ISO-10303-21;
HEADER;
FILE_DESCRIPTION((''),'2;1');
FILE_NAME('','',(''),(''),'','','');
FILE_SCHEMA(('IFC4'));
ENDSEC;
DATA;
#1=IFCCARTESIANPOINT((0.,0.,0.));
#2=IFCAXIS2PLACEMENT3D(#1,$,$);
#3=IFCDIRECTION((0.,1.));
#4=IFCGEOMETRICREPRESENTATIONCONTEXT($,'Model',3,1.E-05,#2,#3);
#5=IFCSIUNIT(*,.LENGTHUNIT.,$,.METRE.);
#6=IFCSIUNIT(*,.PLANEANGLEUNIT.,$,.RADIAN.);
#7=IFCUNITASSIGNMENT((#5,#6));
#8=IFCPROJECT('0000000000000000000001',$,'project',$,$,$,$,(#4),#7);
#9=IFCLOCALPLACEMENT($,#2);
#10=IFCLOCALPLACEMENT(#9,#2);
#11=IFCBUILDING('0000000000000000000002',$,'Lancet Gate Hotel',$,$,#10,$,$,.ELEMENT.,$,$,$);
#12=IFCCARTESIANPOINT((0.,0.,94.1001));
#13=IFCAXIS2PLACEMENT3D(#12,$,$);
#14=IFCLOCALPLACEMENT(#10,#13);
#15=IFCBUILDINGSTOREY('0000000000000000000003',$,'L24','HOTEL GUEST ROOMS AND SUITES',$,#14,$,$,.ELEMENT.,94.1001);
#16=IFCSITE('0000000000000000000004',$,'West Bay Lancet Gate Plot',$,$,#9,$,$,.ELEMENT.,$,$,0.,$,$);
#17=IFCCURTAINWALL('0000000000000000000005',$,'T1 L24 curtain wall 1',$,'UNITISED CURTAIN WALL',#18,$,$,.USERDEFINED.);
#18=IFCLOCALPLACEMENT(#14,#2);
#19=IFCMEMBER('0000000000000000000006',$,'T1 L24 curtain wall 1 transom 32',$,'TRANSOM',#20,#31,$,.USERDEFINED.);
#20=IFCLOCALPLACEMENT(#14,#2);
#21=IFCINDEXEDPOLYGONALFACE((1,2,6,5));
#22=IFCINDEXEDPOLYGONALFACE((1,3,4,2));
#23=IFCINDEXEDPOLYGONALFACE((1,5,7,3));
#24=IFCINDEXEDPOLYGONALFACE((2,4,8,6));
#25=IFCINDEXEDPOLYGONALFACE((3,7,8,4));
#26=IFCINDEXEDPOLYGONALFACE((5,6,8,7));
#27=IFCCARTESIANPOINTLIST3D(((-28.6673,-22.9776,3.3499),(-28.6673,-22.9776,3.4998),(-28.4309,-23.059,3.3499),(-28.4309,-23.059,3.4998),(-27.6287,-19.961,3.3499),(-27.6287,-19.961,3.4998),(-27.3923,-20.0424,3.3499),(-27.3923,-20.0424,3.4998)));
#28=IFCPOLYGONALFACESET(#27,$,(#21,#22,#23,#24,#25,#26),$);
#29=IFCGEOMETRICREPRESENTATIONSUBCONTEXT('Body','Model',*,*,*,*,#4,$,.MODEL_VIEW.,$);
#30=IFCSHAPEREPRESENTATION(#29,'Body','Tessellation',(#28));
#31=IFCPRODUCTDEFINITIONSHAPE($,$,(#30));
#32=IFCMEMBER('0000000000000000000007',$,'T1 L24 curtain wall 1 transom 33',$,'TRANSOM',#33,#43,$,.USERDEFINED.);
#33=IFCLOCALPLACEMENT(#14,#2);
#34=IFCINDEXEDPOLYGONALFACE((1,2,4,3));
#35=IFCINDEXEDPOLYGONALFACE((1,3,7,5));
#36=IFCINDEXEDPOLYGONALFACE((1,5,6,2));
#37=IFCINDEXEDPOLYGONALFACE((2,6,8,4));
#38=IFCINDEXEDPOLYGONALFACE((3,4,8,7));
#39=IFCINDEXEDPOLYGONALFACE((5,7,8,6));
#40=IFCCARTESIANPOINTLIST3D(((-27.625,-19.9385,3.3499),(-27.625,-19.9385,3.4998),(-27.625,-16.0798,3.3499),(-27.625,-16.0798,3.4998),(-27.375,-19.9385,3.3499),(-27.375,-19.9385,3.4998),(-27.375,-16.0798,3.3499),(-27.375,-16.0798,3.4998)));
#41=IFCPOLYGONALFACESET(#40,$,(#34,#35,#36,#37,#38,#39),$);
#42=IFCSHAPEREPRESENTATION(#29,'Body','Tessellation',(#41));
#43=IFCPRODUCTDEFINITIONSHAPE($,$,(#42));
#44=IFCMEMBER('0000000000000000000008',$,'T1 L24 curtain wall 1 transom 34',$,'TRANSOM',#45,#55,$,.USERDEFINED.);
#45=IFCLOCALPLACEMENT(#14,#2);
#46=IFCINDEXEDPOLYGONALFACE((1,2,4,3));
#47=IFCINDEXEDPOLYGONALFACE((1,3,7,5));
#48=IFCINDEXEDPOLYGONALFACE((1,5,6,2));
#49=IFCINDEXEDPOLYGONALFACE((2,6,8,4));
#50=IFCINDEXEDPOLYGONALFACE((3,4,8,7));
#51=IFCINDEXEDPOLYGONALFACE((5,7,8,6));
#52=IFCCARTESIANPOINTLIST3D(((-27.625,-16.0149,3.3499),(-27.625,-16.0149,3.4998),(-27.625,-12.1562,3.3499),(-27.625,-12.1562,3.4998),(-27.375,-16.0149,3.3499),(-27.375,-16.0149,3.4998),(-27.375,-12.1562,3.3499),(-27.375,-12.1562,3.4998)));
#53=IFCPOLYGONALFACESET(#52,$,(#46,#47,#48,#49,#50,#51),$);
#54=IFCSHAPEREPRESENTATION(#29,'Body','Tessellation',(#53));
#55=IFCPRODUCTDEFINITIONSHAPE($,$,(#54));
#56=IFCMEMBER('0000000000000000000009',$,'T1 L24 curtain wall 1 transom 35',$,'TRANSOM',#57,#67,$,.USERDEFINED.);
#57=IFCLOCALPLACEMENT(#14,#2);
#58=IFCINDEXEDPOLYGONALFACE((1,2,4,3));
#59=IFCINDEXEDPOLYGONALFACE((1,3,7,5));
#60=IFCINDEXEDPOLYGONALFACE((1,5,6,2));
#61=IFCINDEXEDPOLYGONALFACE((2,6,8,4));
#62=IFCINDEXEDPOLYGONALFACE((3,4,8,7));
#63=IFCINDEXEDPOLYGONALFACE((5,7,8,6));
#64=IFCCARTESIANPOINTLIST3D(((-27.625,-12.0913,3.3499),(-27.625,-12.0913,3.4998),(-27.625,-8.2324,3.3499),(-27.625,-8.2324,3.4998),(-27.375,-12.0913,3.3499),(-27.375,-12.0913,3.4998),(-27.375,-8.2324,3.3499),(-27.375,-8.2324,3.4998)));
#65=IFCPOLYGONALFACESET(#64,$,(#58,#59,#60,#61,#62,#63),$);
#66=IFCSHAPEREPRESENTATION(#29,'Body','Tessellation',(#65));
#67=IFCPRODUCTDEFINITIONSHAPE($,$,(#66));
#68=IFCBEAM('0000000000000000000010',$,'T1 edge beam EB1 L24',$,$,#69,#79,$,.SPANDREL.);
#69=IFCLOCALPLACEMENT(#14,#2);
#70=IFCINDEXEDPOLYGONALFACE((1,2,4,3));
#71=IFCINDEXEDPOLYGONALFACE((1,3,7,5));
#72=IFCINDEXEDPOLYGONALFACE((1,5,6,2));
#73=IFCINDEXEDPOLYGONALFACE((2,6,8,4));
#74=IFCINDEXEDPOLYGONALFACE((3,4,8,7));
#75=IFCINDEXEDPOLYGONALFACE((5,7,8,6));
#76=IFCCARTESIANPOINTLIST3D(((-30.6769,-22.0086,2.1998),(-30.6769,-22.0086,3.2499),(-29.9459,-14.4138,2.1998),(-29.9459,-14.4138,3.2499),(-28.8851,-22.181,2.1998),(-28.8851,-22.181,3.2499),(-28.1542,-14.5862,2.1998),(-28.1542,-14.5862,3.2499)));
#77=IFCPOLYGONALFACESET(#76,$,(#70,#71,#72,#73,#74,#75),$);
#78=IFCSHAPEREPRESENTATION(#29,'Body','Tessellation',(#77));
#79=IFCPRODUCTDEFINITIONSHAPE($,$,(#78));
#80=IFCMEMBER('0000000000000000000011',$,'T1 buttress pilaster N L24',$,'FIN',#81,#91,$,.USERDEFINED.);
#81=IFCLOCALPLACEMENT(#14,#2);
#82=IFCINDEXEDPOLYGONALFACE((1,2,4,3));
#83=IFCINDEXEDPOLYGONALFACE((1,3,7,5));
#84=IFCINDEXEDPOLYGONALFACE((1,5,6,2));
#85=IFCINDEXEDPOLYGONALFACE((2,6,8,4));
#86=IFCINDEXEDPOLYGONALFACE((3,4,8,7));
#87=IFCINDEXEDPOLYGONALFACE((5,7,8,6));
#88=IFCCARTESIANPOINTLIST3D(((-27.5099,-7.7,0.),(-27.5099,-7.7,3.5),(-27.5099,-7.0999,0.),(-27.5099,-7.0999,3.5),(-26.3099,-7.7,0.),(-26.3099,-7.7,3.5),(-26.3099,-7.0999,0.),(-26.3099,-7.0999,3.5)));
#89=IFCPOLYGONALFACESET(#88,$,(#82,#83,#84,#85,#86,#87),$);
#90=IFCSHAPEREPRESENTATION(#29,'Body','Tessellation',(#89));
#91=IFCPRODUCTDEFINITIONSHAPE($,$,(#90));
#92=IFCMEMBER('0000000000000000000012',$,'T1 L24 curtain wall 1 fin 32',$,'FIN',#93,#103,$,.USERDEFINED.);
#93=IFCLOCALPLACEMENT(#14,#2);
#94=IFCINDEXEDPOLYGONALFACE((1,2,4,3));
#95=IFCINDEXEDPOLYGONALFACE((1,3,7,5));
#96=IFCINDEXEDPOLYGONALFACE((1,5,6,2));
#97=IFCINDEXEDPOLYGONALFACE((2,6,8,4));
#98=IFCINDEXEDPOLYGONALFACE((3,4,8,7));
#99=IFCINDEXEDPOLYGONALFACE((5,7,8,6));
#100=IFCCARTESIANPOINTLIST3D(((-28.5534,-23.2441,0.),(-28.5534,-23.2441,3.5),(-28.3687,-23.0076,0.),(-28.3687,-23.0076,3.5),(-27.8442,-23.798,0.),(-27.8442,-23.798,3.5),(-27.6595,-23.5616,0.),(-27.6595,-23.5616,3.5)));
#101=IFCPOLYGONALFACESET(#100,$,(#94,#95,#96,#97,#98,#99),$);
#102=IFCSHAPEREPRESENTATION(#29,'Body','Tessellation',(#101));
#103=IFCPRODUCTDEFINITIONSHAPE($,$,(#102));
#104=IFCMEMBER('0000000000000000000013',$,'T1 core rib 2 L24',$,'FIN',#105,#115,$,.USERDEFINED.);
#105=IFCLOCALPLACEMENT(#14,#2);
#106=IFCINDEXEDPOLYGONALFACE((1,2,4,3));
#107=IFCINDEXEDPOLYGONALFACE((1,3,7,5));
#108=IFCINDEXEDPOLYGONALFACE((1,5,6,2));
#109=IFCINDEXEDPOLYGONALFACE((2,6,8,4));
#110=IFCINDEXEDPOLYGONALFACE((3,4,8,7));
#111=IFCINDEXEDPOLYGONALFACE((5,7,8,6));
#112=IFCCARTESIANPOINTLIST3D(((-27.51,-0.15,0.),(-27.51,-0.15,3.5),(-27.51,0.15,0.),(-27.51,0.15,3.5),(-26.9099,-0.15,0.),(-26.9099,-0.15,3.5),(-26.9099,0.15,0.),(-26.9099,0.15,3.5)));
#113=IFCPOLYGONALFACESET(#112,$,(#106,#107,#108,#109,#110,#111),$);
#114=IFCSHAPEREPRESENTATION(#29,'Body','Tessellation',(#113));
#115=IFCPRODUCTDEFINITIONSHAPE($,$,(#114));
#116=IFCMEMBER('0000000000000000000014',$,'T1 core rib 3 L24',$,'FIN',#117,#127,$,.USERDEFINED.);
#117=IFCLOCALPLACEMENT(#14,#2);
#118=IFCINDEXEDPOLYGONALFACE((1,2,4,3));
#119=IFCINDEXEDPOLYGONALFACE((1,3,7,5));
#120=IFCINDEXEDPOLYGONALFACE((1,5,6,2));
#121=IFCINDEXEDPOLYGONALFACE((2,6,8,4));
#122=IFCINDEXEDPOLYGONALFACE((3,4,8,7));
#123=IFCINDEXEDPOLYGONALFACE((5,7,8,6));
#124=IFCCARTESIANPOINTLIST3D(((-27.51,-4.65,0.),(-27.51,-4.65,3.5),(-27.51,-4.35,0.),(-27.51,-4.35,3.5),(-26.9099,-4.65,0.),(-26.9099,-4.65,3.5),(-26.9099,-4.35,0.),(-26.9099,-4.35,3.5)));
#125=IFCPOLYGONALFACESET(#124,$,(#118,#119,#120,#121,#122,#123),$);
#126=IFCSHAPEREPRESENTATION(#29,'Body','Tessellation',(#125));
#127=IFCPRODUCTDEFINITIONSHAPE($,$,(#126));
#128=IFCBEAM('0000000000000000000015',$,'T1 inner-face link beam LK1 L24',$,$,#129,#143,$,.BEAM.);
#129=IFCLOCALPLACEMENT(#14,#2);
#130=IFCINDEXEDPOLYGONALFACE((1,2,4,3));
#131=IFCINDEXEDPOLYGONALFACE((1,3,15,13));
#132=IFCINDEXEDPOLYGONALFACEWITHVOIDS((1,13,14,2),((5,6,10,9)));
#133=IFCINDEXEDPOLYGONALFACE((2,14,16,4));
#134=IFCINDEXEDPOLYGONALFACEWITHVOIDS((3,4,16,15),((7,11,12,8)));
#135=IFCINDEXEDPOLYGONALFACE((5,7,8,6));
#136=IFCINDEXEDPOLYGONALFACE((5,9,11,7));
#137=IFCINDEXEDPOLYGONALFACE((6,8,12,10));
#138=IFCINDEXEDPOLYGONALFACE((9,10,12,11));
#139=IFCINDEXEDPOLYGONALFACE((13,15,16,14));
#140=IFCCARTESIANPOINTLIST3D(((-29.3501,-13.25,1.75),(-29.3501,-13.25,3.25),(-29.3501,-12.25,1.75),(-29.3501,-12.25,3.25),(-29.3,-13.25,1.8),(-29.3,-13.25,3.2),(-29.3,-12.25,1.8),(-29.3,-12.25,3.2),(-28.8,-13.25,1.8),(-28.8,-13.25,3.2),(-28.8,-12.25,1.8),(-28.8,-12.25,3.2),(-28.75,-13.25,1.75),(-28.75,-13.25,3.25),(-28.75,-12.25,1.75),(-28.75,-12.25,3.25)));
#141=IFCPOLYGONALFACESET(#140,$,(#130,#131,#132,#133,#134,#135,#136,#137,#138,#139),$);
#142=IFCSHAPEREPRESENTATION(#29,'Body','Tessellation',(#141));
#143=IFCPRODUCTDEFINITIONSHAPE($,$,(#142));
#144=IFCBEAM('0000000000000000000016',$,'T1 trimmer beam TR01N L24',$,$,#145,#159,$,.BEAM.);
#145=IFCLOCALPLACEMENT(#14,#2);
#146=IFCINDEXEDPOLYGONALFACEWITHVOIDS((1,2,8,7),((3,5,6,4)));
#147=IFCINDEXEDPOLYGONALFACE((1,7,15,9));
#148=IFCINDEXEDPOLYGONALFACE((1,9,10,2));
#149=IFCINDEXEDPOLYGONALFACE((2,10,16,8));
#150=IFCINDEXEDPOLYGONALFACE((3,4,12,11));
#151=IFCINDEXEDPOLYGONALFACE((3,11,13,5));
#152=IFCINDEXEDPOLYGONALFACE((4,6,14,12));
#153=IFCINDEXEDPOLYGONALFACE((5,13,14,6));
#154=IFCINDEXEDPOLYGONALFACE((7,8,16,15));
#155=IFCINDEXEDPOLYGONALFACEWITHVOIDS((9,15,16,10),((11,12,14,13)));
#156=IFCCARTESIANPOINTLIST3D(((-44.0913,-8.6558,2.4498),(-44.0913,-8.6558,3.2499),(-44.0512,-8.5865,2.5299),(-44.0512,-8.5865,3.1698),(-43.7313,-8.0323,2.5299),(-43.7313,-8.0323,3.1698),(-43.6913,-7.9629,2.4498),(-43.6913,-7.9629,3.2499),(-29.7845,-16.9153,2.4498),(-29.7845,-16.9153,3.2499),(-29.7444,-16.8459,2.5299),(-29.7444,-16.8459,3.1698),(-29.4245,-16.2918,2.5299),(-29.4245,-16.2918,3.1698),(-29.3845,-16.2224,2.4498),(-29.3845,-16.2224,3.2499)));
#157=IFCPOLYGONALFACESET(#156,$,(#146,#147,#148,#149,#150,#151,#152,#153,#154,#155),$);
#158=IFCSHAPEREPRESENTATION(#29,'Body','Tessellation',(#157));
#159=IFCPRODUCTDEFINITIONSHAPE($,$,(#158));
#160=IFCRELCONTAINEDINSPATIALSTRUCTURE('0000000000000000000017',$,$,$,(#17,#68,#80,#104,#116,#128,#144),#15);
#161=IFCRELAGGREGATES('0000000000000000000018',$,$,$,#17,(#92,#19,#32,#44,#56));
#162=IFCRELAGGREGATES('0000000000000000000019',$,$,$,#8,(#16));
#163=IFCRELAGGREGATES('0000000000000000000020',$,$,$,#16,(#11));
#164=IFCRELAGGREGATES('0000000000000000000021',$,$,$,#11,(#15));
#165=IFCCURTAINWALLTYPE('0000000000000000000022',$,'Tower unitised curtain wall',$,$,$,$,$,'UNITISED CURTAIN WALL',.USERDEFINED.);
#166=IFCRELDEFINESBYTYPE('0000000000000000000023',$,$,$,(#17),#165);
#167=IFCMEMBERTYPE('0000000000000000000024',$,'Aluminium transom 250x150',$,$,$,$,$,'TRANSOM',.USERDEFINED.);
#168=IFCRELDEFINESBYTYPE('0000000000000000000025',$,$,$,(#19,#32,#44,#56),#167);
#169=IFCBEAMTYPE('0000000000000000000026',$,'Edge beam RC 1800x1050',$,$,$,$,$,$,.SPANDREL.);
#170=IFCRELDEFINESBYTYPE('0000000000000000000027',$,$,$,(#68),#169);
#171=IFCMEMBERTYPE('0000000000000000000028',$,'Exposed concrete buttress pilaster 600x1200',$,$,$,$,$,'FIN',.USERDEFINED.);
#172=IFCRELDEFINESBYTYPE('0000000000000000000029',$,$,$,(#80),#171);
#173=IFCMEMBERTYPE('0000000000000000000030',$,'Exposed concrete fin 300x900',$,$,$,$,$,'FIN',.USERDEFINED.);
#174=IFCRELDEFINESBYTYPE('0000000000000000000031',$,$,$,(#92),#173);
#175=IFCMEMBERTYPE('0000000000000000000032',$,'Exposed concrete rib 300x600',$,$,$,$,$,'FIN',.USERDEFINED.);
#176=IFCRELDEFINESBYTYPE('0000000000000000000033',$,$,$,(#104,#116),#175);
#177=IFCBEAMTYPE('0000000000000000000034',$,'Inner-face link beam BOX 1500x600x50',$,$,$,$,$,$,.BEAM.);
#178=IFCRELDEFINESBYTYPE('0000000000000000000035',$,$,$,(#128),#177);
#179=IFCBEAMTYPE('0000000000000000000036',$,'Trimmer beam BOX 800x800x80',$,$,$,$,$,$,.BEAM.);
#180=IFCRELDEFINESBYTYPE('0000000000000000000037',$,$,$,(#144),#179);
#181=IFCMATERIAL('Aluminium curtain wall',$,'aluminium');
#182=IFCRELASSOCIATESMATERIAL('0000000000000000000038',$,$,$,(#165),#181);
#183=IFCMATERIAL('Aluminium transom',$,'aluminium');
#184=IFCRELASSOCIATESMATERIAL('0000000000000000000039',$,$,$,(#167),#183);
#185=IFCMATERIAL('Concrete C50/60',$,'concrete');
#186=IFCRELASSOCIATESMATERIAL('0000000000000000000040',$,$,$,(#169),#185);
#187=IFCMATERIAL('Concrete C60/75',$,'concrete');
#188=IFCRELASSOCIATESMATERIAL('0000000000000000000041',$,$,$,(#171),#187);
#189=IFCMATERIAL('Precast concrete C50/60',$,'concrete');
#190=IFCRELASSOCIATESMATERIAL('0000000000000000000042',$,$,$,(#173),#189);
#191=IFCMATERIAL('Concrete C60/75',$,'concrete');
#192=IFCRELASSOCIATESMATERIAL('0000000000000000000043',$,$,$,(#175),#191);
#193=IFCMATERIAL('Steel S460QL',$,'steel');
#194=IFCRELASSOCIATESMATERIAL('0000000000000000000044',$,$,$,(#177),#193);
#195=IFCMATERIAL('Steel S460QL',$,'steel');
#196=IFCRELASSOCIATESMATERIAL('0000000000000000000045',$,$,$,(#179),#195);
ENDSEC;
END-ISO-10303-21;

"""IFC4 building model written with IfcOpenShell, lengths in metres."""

from ifc_helpers import new_model, si_unit, direction, frame, origin, origin_2d, place, context, subcontext, project, spatial, rectangle, hollow_rectangle, extrude, material, material_profile, profile_set, type_object, element, aggregate, save


model = new_model("IFC4")

# Units and contexts
model_context = context("Model", 3, precision=1e-05, world=origin(), true_north=direction((0.0, 1.0)))
body_context = subcontext(model_context, "Body", "Model", "MODEL_VIEW")
ifc_project = project(units=[si_unit("LENGTHUNIT", "METRE"), si_unit("PLANEANGLEUNIT", "RADIAN")], contexts=[model_context])

# Site, building, storey
site_placement = place(None, origin())
site = spatial("IfcSite", under=ifc_project, at=site_placement, Name="West Bay Lancet Gate Plot", CompositionType="ELEMENT", RefElevation=0.0)
building_placement = place(site_placement, origin())
building = spatial("IfcBuilding", under=site, at=building_placement, Name="Lancet Gate Hotel", CompositionType="ELEMENT")
storey_placement = place(building_placement, frame((0.0, 0.0, 94.1001)))
storey = spatial("IfcBuildingStorey", under=building, at=storey_placement, Name="L24", Description="HOTEL GUEST ROOMS AND SUITES", CompositionType="ELEMENT", Elevation=94.1001)

# Curtain wall, members
ifc_material_1 = material(Name="Aluminium curtain wall", Category="aluminium")
curtain_wall_type = type_object("IfcCurtainWallType", Name="Tower unitised curtain wall", ElementType="UNITISED CURTAIN WALL", PredefinedType="USERDEFINED", material=ifc_material_1)
curtain_wall_placement = place(storey_placement, origin())
curtain_wall = element("IfcCurtainWall", 1, at=curtain_wall_placement, inside=storey, type_object=curtain_wall_type, Name="T1 L24 curtain wall 1", ObjectType="UNITISED CURTAIN WALL", PredefinedType="USERDEFINED")
ifc_material_2 = material(Name="Aluminium transom", Category="aluminium")
ifc_material_profile_1 = material_profile(ifc_material_2, rectangle(XDim=0.25, YDim=0.1499, at=origin_2d()), Name="TRANSOM 250x150")
ifc_profile_set_1 = profile_set([ifc_material_profile_1], Name="Aluminium transom")
member_type_1 = type_object("IfcMemberType", Name="Aluminium transom 250x150", ElementType="TRANSOM", PredefinedType="USERDEFINED", material=ifc_profile_set_1)
member_1_placement = place(storey_placement, frame((-28.5491, -23.0183, 3.4248), z_axis=(0.325533, 0.945531, 0.0), x_axis=(-0.945531, 0.325533, 0.0)))
member_1 = element("IfcMember", 2, at=member_1_placement, type_object=member_type_1, Name="T1 L24 curtain wall 1 transom 32", ObjectType="TRANSOM", PredefinedType="USERDEFINED", context=body_context, shape_type="SweptSolid", body=[
    extrude(rectangle(XDim=0.25, YDim=0.1499, at=origin_2d()), origin(), (0.0, 0.0, 1.0), 3.1904),
])
member_2_placement = place(storey_placement, frame((-27.5, -19.9385, 3.4248), z_axis=(0.0, 1.0, 0.0), x_axis=(-1.0, 0.0, 0.0)))
member_2 = element("IfcMember", 3, at=member_2_placement, type_object=member_type_1, Name="T1 L24 curtain wall 1 transom 33", ObjectType="TRANSOM", PredefinedType="USERDEFINED", context=body_context, shape_type="SweptSolid", body=[
    extrude(rectangle(XDim=0.25, YDim=0.1499, at=origin_2d()), origin(), (0.0, 0.0, 1.0), 3.8586),
])
member_3_placement = place(storey_placement, frame((-27.5, -16.0149, 3.4248), z_axis=(0.0, 1.0, 0.0), x_axis=(-1.0, 0.0, 0.0)))
member_3 = element("IfcMember", 4, at=member_3_placement, type_object=member_type_1, Name="T1 L24 curtain wall 1 transom 34", ObjectType="TRANSOM", PredefinedType="USERDEFINED", context=body_context, shape_type="SweptSolid", body=[
    extrude(rectangle(XDim=0.25, YDim=0.1499, at=origin_2d()), origin(), (0.0, 0.0, 1.0), 3.8586),
])
member_4_placement = place(storey_placement, frame((-27.5, -12.0913, 3.4248), z_axis=(0.0, 1.0, 0.0), x_axis=(-1.0, 0.0, 0.0)))
member_4 = element("IfcMember", 5, at=member_4_placement, type_object=member_type_1, Name="T1 L24 curtain wall 1 transom 35", ObjectType="TRANSOM", PredefinedType="USERDEFINED", context=body_context, shape_type="SweptSolid", body=[
    extrude(rectangle(XDim=0.25, YDim=0.1499, at=origin_2d()), origin(), (0.0, 0.0, 1.0), 3.8589),
])

# Beam
ifc_material_3 = material(Name="Concrete C50/60", Category="concrete")
ifc_material_profile_2 = material_profile(ifc_material_3, rectangle(XDim=1.8, YDim=1.05, at=origin_2d()), Name="RC 1800x1050")
ifc_profile_set_2 = profile_set([ifc_material_profile_2], Name="Concrete C50/60")
beam_type_1 = type_object("IfcBeamType", Name="Edge beam RC 1800x1050", PredefinedType="SPANDREL", material=ifc_profile_set_2)
beam_1_placement = place(storey_placement, frame((-29.05, -14.5, 2.7249), z_axis=(-0.095803, -0.9954, 0.0), x_axis=(0.9954, -0.095803, 0.0)))
element("IfcBeam", 6, at=beam_1_placement, inside=storey, type_object=beam_type_1, Name="T1 edge beam EB1 L24", PredefinedType="SPANDREL", context=body_context, shape_type="SweptSolid", body=[
    extrude(rectangle(XDim=1.8, YDim=1.05, at=origin_2d()), origin(), (0.0, 0.0, 1.0), 7.6299),
])

# Members
ifc_material_4 = material(Name="Concrete C60/75", Category="concrete")
ifc_material_profile_3 = material_profile(ifc_material_4, rectangle(XDim=0.6001, YDim=1.2, at=origin_2d()), Name="FIN 600x1200")
ifc_profile_set_3 = profile_set([ifc_material_profile_3], Name="Concrete C60/75")
member_type_2 = type_object("IfcMemberType", Name="Exposed concrete buttress pilaster 600x1200", ElementType="FIN", PredefinedType="USERDEFINED", material=ifc_profile_set_3)
member_5_placement = place(storey_placement, frame((-26.9099, -7.3999, 0.0), z_axis=(0.0, 0.0, 1.0), x_axis=(0.0, 1.0, 0.0)))
element("IfcMember", 7, at=member_5_placement, inside=storey, type_object=member_type_2, Name="T1 buttress pilaster N L24", ObjectType="FIN", PredefinedType="USERDEFINED", context=body_context, shape_type="SweptSolid", body=[
    extrude(rectangle(XDim=0.6001, YDim=1.2, at=origin_2d()), origin(), (0.0, 0.0, 1.0), 3.5),
])
ifc_material_5 = material(Name="Precast concrete C50/60", Category="concrete")
ifc_material_profile_4 = material_profile(ifc_material_5, rectangle(XDim=0.3, YDim=0.8999, at=origin_2d()), Name="FIN 300x900")
ifc_profile_set_4 = profile_set([ifc_material_profile_4], Name="Precast concrete C50/60")
member_type_3 = type_object("IfcMemberType", Name="Exposed concrete fin 300x900", ElementType="FIN", PredefinedType="USERDEFINED", material=ifc_profile_set_4)
member_6_placement = place(storey_placement, frame((-28.1064, -23.4028, 0.0), z_axis=(0.0, 0.0, 1.0), x_axis=(0.615574, 0.788079, 0.0)))
member_6 = element("IfcMember", 8, at=member_6_placement, type_object=member_type_3, Name="T1 L24 curtain wall 1 fin 32", ObjectType="FIN", PredefinedType="USERDEFINED", context=body_context, shape_type="SweptSolid", body=[
    extrude(rectangle(XDim=0.3, YDim=0.8999, at=origin_2d()), origin(), (0.0, 0.0, 1.0), 3.5),
])

# Members
ifc_material_6 = material(Name="Concrete C60/75", Category="concrete")
ifc_material_profile_5 = material_profile(ifc_material_6, rectangle(XDim=0.3, YDim=0.6001, at=origin_2d()), Name="FIN 300x600")
ifc_profile_set_5 = profile_set([ifc_material_profile_5], Name="Concrete C60/75")
member_type_4 = type_object("IfcMemberType", Name="Exposed concrete rib 300x600", ElementType="FIN", PredefinedType="USERDEFINED", material=ifc_profile_set_5)
for number, where, z_axis, x_axis, name in (
    (9, (-27.21, 0.0, 0.0), (0.0, 0.0, 1.0), (0.0, 1.0, 0.0), "T1 core rib 2 L24"),
    (10, (-27.21, -4.5, 0.0), (0.0, 0.0, 1.0), (0.0, 1.0, 0.0), "T1 core rib 3 L24"),
):
    element("IfcMember", number, at=place(storey_placement, frame(where, z_axis=z_axis, x_axis=x_axis)), inside=storey, type_object=member_type_4, Name=name, ObjectType="FIN", PredefinedType="USERDEFINED", context=body_context, shape_type="SweptSolid", body=[
        extrude(rectangle(XDim=0.3, YDim=0.6001, at=origin_2d()), origin(), (0.0, 0.0, 1.0), 3.5),
    ])

# Beams
ifc_material_7 = material(Name="Steel S460QL", Category="steel")
ifc_material_profile_6 = material_profile(ifc_material_7, hollow_rectangle(XDim=0.6001, YDim=1.5, WallThickness=0.05, at=origin_2d()), Name="BOX 1500x600x50")
ifc_profile_set_6 = profile_set([ifc_material_profile_6], Name="Steel S460QL")
beam_type_2 = type_object("IfcBeamType", Name="Inner-face link beam BOX 1500x600x50", PredefinedType="BEAM", material=ifc_profile_set_6)
beam_2_placement = place(storey_placement, frame((-29.05, -12.25, 2.5), z_axis=(0.0, -1.0, 0.0), x_axis=(1.0, 0.0, 0.0)))
element("IfcBeam", 11, at=beam_2_placement, inside=storey, type_object=beam_type_2, Name="T1 inner-face link beam LK1 L24", PredefinedType="BEAM", context=body_context, shape_type="SweptSolid", body=[
    extrude(hollow_rectangle(XDim=0.6001, YDim=1.5, WallThickness=0.05, at=origin_2d()), origin(), (0.0, 0.0, 1.0), 1.0),
])
ifc_material_8 = material(Name="Steel S460QL", Category="steel")
ifc_material_profile_7 = material_profile(ifc_material_8, hollow_rectangle(XDim=0.8, YDim=0.8, WallThickness=0.0801, at=origin_2d()), Name="BOX 800x800x80")
ifc_profile_set_7 = profile_set([ifc_material_profile_7], Name="Steel S460QL")
beam_type_3 = type_object("IfcBeamType", Name="Trimmer beam BOX 800x800x80", PredefinedType="BEAM", material=ifc_profile_set_7)
beam_3_placement = place(storey_placement, frame((-29.5845, -16.5688, 2.8499), z_axis=(-0.86604, 0.499974, 0.0), x_axis=(-0.499974, -0.86604, 0.0)))
element("IfcBeam", 12, at=beam_3_placement, inside=storey, type_object=beam_type_3, Name="T1 trimmer beam TR01N L24", PredefinedType="BEAM", context=body_context, shape_type="SweptSolid", body=[
    extrude(hollow_rectangle(XDim=0.8, YDim=0.8, WallThickness=0.0801, at=origin_2d()), origin(), (0.0, 0.0, 1.0), 16.5198),
])

aggregate(curtain_wall, [member_6, member_1, member_2, member_3, member_4])

save(model, "model.ifc")
